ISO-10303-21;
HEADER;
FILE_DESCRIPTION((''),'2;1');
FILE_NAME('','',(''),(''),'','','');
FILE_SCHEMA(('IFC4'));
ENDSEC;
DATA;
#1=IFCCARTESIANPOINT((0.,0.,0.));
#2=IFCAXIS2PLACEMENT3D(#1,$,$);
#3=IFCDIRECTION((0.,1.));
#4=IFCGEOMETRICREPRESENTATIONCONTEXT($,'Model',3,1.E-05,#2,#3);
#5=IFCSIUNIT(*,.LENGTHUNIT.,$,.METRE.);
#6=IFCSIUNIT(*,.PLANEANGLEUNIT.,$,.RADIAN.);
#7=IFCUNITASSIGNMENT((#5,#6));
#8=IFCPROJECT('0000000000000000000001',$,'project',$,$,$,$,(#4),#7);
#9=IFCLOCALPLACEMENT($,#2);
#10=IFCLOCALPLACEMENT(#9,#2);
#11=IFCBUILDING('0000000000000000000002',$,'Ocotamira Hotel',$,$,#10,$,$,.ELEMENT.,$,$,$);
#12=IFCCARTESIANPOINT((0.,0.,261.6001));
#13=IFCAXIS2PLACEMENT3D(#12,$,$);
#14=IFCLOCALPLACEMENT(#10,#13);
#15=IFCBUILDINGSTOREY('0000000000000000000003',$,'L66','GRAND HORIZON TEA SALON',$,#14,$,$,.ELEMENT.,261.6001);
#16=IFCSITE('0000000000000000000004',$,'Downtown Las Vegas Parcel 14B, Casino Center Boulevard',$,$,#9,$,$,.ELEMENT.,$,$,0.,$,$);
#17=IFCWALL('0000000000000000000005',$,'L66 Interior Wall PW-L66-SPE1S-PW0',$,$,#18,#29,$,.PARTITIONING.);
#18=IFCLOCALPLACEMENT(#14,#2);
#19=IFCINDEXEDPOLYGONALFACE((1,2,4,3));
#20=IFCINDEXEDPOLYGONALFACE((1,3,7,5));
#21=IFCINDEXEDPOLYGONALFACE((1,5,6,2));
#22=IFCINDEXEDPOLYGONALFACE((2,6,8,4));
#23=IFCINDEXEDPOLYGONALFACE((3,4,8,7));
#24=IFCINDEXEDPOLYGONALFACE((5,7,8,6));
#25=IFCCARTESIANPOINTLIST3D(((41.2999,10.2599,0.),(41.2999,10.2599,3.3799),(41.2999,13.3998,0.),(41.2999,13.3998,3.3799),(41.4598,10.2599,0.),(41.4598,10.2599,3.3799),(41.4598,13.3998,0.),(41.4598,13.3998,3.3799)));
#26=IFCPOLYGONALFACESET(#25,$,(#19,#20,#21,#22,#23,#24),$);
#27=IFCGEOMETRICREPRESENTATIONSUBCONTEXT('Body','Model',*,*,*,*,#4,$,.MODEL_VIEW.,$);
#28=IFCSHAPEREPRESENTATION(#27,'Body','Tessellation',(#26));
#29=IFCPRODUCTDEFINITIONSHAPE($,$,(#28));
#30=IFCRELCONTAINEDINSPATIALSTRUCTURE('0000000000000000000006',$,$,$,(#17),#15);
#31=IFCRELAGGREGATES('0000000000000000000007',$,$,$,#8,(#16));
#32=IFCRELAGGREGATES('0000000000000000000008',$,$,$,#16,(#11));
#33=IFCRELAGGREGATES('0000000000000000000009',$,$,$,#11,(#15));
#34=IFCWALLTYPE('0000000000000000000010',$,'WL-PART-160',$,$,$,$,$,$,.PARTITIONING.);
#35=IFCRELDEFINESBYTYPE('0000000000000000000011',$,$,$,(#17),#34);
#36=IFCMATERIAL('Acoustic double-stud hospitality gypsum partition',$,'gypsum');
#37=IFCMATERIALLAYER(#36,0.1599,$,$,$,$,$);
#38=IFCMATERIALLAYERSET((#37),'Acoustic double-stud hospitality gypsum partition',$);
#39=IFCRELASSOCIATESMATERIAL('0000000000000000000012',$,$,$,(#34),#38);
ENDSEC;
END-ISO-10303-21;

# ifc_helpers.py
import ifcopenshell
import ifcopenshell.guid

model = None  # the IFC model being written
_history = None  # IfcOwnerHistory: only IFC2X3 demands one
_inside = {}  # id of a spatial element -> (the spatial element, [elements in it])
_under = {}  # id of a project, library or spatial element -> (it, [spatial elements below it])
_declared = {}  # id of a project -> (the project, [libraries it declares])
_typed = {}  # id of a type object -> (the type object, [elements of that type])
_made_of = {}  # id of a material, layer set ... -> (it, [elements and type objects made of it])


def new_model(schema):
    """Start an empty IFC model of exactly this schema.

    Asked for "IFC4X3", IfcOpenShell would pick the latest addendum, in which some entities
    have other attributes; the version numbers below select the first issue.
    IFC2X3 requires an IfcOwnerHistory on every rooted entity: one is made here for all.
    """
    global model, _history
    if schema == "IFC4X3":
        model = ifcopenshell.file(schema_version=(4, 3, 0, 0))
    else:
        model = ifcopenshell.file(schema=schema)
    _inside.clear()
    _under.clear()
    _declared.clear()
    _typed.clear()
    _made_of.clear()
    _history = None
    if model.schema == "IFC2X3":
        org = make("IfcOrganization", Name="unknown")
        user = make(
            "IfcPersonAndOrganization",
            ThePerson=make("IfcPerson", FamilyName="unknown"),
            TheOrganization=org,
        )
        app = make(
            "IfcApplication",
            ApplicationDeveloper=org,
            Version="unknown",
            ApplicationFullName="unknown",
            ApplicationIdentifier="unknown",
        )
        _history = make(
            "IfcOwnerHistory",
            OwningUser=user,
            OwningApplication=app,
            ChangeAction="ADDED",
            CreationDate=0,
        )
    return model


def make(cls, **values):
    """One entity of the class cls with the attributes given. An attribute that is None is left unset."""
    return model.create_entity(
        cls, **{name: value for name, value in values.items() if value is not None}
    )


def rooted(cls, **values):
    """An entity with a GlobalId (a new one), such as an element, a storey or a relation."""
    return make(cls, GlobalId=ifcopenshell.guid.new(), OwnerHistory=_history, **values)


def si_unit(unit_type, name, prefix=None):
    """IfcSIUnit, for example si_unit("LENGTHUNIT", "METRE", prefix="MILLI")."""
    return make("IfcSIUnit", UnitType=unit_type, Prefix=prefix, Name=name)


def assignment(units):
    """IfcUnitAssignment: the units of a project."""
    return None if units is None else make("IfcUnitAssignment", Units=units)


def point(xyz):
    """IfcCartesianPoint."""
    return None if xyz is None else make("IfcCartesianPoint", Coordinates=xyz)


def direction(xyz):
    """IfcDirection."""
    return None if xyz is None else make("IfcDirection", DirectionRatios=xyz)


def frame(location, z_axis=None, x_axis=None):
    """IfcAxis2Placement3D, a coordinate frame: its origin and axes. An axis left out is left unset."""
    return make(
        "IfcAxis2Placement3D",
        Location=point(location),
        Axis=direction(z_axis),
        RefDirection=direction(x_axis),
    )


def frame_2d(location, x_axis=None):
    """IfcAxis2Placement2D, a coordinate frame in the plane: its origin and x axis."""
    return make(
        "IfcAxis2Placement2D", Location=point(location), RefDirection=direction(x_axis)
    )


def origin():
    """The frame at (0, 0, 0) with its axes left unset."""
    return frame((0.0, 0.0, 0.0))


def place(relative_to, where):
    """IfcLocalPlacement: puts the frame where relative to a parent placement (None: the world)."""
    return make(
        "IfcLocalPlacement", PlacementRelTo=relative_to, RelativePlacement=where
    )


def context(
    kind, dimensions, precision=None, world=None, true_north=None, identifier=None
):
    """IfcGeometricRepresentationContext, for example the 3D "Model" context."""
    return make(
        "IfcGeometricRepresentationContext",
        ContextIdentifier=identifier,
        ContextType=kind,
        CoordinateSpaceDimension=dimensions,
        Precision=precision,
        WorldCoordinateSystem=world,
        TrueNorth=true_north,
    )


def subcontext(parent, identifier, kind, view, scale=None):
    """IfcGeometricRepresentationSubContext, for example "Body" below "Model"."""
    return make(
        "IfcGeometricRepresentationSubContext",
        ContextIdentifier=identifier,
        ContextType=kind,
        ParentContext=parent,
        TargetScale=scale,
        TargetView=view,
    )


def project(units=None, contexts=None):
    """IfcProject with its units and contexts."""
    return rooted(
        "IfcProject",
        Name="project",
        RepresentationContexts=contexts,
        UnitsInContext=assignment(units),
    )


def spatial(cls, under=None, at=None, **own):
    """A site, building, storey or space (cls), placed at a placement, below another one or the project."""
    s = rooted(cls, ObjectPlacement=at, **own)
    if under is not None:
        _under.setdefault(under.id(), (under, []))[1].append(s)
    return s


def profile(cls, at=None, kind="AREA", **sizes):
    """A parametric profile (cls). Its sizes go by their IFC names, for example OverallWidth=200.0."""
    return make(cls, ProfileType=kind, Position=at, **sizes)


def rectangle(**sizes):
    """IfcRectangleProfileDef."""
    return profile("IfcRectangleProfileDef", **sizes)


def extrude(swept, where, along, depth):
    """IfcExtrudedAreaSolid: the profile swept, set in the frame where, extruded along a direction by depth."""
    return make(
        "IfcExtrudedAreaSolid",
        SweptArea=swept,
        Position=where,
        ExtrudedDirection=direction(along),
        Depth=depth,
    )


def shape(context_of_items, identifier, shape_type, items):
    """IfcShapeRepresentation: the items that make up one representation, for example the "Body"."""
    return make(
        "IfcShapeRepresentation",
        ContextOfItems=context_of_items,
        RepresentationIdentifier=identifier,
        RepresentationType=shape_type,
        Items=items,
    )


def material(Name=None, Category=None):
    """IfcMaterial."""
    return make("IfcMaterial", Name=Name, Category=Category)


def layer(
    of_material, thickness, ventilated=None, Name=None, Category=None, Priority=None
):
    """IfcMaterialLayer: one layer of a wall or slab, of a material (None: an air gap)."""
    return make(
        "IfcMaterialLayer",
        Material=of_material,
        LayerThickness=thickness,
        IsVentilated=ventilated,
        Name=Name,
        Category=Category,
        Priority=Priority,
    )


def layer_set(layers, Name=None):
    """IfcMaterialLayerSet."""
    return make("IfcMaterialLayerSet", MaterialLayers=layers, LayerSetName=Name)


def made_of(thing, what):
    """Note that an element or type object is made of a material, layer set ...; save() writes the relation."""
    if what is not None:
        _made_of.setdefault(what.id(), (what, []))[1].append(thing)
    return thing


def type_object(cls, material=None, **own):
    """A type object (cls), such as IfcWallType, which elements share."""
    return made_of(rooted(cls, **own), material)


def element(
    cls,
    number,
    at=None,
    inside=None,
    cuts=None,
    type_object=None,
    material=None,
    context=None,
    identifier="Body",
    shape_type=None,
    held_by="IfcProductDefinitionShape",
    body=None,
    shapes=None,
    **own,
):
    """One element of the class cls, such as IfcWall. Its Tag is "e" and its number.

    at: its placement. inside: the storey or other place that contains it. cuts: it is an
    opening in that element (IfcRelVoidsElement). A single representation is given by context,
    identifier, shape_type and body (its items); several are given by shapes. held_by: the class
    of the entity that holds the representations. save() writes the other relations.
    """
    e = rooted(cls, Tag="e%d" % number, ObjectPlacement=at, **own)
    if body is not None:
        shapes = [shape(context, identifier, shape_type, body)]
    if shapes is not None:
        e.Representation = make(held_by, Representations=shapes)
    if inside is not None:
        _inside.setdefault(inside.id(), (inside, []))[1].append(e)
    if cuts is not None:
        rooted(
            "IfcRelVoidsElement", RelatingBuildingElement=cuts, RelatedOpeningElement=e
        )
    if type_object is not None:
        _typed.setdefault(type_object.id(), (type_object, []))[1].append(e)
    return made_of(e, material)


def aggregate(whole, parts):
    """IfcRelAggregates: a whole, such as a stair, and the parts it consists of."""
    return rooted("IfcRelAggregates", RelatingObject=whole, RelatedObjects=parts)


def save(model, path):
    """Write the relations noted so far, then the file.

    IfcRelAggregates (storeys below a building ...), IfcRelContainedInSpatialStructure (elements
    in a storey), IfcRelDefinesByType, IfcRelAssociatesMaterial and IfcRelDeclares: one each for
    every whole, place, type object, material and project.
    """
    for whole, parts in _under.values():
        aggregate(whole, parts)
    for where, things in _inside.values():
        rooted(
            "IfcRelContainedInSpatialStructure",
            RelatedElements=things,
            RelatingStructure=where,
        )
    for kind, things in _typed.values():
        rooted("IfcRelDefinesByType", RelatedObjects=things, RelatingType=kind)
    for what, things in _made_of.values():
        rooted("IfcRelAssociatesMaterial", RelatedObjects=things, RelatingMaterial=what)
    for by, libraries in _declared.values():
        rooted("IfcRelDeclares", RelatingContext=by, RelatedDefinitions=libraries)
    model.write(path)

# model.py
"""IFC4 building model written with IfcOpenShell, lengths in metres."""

from ifc_helpers import new_model, si_unit, direction, frame, frame_2d, origin, place, context, subcontext, project, spatial, rectangle, extrude, material, layer, layer_set, type_object, element, save


model = new_model("IFC4")

# Units and contexts
model_context = context("Model", 3, precision=1e-05, world=origin(), true_north=direction((0.0, 1.0)))
body_context = subcontext(model_context, "Body", "Model", "MODEL_VIEW")
ifc_project = project(units=[si_unit("LENGTHUNIT", "METRE"), si_unit("PLANEANGLEUNIT", "RADIAN")], contexts=[model_context])

# Site, building, storey
site_placement = place(None, origin())
site = spatial("IfcSite", under=ifc_project, at=site_placement, Name="Downtown Las Vegas Parcel 14B, Casino Center Boulevard", CompositionType="ELEMENT", RefElevation=0.0)
building_placement = place(site_placement, origin())
building = spatial("IfcBuilding", under=site, at=building_placement, Name="Ocotamira Hotel", CompositionType="ELEMENT")
storey_placement = place(building_placement, frame((0.0, 0.0, 261.6001)))
storey = spatial("IfcBuildingStorey", under=building, at=storey_placement, Name="L66", Description="GRAND HORIZON TEA SALON", CompositionType="ELEMENT", Elevation=261.6001)

# Wall
ifc_material_1 = material(Name="Acoustic double-stud hospitality gypsum partition", Category="gypsum")
ifc_layer_1 = layer(ifc_material_1, 0.1599)
ifc_layer_set_1 = layer_set([ifc_layer_1], Name="Acoustic double-stud hospitality gypsum partition")
wall_type_1 = type_object("IfcWallType", Name="WL-PART-160", PredefinedType="PARTITIONING", material=ifc_layer_set_1)
wall_1_placement = place(storey_placement, frame((41.3799, 10.26, 0.0), z_axis=(0.0, 0.0, 1.0), x_axis=(0.0, 1.0, 0.0)))
element("IfcWall", 1, at=wall_1_placement, inside=storey, type_object=wall_type_1, Name="L66 Interior Wall PW-L66-SPE1S-PW0", PredefinedType="PARTITIONING", context=body_context, shape_type="SweptSolid", body=[
    extrude(rectangle(XDim=3.1399, YDim=0.1599, at=frame_2d((1.5698, 0.0))), origin(), (0.0, 0.0, 1.0), 3.3799),
])

save(model, "model.ifc")
